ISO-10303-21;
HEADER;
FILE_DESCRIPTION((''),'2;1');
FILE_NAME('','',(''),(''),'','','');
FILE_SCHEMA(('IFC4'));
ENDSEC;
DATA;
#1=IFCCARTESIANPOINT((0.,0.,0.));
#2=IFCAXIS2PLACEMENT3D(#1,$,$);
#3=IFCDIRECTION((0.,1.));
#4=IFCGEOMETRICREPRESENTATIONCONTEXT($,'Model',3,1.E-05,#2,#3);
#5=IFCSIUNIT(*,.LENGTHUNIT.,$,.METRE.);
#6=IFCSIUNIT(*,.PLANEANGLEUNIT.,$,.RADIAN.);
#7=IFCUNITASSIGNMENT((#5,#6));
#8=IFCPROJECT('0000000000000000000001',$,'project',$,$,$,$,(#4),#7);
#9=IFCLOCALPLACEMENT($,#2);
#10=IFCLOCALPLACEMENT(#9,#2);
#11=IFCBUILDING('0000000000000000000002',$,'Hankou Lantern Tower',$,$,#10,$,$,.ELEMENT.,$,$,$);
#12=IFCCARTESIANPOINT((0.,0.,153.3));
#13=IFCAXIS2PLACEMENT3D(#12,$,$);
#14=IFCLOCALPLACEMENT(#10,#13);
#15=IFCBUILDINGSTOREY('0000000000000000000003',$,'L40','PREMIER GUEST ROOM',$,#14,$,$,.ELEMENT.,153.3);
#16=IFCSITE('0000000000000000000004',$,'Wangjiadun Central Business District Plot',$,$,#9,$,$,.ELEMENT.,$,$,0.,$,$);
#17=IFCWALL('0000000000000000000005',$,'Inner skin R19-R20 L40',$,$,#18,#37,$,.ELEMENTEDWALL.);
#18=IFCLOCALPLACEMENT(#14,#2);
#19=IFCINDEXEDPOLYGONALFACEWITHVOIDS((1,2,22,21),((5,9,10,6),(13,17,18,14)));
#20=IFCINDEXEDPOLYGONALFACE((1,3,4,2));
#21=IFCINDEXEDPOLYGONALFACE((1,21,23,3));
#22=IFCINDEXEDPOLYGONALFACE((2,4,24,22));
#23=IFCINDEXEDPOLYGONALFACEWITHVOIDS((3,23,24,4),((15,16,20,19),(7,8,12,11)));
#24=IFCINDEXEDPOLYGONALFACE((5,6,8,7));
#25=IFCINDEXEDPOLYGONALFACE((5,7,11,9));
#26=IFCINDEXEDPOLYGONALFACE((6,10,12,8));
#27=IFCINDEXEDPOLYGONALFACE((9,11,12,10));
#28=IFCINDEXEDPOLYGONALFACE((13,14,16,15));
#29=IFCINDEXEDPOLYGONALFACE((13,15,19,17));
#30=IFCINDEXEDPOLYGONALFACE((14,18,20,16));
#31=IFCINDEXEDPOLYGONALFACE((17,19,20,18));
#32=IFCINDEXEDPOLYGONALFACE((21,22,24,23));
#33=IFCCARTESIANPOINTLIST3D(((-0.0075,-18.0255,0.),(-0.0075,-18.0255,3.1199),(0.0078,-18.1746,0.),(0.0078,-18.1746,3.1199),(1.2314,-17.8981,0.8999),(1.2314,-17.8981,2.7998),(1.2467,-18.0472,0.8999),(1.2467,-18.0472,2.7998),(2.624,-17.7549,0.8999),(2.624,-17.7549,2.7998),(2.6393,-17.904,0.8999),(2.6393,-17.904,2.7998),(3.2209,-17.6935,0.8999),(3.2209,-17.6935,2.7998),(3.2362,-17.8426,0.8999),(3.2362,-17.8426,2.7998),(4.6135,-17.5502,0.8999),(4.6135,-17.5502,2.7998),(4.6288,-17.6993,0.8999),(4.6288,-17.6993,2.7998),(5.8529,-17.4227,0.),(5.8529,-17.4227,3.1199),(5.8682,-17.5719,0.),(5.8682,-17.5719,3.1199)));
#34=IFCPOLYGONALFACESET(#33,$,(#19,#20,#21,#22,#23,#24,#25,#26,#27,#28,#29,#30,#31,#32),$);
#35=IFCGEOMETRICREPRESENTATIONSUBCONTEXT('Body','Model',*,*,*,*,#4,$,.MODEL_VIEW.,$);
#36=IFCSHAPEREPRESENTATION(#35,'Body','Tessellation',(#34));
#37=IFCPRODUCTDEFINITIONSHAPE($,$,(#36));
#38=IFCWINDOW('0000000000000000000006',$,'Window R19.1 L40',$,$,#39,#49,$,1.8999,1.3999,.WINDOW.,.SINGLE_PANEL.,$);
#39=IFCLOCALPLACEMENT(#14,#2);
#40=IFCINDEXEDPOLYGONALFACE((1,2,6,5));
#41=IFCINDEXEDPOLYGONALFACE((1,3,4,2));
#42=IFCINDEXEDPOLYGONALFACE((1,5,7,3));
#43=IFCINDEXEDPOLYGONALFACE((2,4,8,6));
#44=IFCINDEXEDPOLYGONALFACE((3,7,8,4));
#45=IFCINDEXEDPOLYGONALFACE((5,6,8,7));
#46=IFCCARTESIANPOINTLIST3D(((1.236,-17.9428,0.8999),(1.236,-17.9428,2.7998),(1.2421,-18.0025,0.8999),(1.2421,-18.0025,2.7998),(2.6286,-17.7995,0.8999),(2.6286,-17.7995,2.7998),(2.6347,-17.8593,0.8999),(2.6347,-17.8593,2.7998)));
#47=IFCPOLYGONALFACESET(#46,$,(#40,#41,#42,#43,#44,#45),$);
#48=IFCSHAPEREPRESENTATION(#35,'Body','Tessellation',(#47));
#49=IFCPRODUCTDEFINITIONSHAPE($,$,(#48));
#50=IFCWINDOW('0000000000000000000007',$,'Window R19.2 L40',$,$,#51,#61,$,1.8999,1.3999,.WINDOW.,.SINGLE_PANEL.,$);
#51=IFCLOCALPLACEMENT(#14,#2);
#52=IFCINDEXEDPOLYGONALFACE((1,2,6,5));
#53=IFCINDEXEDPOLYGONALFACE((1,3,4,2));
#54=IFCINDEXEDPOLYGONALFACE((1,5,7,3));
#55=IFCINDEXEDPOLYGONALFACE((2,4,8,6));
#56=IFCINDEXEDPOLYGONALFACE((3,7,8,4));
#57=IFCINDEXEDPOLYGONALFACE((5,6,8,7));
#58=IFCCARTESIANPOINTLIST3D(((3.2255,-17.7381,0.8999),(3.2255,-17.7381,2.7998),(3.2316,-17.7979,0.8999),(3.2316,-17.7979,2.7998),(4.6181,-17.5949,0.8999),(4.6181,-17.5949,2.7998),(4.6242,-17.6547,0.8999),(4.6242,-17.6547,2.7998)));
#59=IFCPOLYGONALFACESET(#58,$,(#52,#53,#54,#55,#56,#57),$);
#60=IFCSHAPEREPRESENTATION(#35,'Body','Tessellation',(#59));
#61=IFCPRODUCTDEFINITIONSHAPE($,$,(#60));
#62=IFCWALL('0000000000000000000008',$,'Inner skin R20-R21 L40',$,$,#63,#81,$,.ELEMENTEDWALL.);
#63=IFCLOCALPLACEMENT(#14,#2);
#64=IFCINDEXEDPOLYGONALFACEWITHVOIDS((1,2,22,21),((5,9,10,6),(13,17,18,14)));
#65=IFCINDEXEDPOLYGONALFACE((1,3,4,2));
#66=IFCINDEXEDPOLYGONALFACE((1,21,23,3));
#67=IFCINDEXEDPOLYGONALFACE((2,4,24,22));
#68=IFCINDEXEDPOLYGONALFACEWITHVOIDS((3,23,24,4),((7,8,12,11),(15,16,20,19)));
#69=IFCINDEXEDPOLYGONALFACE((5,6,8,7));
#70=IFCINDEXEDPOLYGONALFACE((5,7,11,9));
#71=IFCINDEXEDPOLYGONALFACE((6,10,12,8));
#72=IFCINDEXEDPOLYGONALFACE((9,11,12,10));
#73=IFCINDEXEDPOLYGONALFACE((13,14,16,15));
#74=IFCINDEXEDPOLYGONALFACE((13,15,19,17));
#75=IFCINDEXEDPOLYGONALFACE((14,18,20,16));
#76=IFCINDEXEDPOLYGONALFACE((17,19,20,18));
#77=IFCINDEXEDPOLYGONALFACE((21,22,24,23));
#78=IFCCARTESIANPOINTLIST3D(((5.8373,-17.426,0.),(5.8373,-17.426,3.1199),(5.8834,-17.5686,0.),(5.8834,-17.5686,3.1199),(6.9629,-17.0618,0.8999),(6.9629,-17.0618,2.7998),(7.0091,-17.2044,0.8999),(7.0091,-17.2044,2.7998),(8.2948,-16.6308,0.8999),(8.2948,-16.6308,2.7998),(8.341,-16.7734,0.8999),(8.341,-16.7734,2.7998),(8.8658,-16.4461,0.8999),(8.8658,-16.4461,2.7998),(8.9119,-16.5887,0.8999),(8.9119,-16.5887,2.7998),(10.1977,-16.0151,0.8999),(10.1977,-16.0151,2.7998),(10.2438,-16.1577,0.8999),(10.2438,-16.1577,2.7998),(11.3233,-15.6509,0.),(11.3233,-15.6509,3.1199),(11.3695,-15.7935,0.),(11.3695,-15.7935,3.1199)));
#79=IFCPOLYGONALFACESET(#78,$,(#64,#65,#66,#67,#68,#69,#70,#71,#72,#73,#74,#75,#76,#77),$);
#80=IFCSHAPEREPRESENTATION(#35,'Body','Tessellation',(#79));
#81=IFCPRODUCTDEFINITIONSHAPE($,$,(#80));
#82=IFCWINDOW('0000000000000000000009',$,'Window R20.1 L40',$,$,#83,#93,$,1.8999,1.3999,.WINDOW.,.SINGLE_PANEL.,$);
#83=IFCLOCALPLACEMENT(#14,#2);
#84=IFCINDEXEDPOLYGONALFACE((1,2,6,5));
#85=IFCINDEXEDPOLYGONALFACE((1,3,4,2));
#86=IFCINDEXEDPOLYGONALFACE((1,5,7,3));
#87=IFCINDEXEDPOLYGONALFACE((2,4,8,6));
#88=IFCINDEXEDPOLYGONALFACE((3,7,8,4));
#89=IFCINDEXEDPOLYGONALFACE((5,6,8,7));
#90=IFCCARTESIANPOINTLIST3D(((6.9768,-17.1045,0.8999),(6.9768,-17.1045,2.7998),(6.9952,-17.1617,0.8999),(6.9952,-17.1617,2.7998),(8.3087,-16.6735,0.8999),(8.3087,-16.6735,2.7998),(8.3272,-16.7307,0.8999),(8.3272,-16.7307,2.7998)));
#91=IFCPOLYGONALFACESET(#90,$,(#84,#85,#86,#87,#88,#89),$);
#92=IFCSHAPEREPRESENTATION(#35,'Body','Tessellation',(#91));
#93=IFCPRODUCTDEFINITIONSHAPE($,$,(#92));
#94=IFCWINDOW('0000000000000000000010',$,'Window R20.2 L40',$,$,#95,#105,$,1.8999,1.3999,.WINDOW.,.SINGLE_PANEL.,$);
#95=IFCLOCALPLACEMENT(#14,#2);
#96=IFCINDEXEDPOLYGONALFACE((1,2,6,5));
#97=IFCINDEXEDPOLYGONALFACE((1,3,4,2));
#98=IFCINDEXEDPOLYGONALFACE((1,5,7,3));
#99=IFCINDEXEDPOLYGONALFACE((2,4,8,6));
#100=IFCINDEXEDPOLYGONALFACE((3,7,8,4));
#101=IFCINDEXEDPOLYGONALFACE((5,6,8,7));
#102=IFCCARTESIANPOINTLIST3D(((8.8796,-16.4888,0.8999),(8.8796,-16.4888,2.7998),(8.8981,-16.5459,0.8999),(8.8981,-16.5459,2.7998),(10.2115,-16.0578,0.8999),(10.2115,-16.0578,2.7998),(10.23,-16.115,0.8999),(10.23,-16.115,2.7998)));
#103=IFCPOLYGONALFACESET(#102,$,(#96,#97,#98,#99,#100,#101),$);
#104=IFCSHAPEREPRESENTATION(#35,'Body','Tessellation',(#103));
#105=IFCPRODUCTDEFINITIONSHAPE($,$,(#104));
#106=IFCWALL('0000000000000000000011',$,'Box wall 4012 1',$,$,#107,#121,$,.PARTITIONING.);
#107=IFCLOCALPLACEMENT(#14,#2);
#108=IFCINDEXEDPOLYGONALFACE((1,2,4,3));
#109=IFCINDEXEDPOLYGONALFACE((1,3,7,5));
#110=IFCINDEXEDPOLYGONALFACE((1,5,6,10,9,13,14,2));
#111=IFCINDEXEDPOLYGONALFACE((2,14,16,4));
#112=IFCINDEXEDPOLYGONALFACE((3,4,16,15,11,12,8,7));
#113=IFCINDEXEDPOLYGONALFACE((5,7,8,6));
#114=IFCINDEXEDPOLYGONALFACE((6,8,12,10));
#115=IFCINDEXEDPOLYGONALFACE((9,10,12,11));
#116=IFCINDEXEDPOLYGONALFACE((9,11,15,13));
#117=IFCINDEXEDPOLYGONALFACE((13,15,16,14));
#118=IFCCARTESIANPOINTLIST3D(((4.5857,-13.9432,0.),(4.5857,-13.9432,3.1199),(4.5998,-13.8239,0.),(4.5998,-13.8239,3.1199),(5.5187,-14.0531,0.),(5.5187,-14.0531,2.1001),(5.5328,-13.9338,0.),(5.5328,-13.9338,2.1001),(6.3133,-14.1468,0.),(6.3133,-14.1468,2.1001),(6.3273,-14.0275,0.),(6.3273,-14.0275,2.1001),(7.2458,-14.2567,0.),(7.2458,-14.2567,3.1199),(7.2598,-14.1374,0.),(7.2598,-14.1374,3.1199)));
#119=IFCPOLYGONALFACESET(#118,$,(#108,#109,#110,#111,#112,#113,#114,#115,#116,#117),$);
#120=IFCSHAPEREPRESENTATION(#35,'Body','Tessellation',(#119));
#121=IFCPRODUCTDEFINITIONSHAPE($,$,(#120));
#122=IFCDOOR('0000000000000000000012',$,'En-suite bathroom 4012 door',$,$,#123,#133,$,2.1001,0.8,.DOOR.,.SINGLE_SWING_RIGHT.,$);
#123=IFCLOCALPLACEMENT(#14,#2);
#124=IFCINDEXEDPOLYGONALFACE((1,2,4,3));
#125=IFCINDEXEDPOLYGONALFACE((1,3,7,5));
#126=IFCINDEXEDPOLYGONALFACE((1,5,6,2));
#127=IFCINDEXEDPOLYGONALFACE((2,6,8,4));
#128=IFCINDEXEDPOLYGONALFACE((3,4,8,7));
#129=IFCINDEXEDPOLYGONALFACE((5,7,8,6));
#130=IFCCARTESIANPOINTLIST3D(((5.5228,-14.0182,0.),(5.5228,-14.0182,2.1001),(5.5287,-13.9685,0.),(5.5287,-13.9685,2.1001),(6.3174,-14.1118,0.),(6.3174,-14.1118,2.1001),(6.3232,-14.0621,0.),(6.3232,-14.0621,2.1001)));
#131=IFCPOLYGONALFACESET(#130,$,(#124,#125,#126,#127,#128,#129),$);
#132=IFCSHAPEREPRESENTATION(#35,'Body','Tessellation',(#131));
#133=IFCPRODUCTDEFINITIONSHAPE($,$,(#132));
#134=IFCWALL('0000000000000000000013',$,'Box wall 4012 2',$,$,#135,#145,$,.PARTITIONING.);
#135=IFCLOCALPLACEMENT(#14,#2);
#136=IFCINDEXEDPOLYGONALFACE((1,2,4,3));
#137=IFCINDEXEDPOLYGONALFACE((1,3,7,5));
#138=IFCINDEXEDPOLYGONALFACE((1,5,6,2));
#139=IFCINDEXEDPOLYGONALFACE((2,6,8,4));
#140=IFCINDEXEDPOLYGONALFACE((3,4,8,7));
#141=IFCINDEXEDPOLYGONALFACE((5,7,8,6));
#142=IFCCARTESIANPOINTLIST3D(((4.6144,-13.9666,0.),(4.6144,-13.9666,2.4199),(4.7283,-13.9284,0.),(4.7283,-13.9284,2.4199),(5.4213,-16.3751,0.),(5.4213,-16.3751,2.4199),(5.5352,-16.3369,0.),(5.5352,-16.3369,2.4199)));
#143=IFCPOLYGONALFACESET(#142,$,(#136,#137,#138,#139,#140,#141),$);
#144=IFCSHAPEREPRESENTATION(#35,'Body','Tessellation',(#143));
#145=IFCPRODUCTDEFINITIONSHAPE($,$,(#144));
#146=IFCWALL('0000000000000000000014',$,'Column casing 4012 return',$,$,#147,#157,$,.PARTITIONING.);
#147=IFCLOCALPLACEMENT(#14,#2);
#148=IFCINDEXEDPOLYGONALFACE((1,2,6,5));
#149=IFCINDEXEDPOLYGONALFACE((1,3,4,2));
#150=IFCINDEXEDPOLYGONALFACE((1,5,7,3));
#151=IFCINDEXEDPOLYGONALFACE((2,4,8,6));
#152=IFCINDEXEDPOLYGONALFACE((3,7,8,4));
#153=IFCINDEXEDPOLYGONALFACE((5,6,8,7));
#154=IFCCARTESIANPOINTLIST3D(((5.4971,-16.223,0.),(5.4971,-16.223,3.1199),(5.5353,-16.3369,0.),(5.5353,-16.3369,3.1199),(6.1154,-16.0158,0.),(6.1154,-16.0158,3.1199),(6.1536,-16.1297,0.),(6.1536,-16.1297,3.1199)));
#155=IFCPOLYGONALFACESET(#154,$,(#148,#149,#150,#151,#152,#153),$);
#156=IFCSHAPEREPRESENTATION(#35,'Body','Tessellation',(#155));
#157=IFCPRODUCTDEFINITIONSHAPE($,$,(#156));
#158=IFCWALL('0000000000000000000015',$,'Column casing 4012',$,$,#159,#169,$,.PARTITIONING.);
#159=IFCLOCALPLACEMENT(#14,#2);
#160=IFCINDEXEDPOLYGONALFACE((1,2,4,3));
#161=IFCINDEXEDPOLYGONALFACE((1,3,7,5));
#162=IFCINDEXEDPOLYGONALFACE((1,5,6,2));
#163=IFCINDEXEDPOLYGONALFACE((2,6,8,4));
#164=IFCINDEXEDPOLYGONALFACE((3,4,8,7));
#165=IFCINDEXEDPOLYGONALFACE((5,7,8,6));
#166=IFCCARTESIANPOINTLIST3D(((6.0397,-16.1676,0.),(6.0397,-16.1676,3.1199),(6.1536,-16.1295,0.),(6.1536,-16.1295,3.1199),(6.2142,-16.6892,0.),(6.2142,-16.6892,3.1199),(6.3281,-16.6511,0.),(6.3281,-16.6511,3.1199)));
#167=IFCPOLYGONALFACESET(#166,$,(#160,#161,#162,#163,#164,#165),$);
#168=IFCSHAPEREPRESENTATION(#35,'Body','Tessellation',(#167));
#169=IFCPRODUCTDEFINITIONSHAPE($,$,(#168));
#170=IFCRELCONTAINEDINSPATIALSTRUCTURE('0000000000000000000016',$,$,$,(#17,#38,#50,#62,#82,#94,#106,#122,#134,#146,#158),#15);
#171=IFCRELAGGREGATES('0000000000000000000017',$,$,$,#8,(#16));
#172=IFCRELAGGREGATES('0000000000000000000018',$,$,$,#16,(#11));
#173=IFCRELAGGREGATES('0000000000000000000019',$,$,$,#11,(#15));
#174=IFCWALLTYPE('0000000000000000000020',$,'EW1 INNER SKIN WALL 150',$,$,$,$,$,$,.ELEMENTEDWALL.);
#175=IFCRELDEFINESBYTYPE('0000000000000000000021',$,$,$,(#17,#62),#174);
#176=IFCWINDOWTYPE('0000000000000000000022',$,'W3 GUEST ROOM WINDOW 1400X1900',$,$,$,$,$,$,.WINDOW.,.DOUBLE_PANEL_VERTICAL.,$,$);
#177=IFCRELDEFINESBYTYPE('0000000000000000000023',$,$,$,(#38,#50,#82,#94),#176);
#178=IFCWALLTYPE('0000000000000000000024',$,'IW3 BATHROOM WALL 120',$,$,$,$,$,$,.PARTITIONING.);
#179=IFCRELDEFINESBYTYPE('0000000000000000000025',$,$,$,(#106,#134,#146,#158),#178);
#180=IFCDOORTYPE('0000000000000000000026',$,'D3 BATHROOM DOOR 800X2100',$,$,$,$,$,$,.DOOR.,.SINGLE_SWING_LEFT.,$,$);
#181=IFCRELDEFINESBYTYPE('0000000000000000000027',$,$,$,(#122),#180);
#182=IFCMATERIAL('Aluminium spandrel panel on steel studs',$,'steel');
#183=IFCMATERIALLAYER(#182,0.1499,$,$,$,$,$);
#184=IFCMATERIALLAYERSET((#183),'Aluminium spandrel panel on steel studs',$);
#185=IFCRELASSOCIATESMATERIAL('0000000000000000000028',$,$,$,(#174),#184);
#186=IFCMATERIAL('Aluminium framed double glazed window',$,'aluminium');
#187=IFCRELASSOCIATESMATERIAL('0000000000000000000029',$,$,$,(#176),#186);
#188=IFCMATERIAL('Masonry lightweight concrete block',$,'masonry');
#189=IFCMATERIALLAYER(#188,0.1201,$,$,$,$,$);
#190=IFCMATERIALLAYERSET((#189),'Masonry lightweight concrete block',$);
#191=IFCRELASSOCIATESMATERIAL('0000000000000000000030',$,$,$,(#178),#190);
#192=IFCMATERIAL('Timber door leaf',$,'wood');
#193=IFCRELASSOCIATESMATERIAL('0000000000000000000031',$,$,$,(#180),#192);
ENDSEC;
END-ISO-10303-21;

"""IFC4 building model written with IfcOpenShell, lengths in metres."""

from ifc_helpers import new_model, si_unit, direction, frame, frame_2d, origin, place, context, subcontext, project, spatial, rectangle, extrude, material, layer, layer_set, type_object, element, fill, save


model = new_model("IFC4")

# Units and contexts
model_context = context("Model", 3, precision=1e-05, world=origin(), true_north=direction((0.0, 1.0)))
body_context = subcontext(model_context, "Body", "Model", "MODEL_VIEW")
ifc_project = project(units=[si_unit("LENGTHUNIT", "METRE"), si_unit("PLANEANGLEUNIT", "RADIAN")], contexts=[model_context])

# Site, building, storey
site_placement = place(None, origin())
site = spatial("IfcSite", under=ifc_project, at=site_placement, Name="Wangjiadun Central Business District Plot", CompositionType="ELEMENT", RefElevation=0.0)
building_placement = place(site_placement, origin())
building = spatial("IfcBuilding", under=site, at=building_placement, Name="Hankou Lantern Tower", CompositionType="ELEMENT")
storey_placement = place(building_placement, frame((0.0, 0.0, 153.3)))
storey = spatial("IfcBuildingStorey", under=building, at=storey_placement, Name="L40", Description="PREMIER GUEST ROOM", CompositionType="ELEMENT", Elevation=153.3)

# Walls, openings, windows
ifc_material_1 = material(Name="Aluminium spandrel panel on steel studs", Category="steel")
ifc_layer_1 = layer(ifc_material_1, 0.1499)
ifc_layer_set_1 = layer_set([ifc_layer_1], Name="Aluminium spandrel panel on steel studs")
wall_type_1 = type_object("IfcWallType", Name="EW1 INNER SKIN WALL 150", PredefinedType="ELEMENTEDWALL", material=ifc_layer_set_1)
wall_1_placement = place(storey_placement, frame((0.0, -18.1001, 0.0), z_axis=(0.0, 0.0, 1.0), x_axis=(0.994752, 0.102318, 0.0)))
wall_1 = element("IfcWall", 1, at=wall_1_placement, inside=storey, type_object=wall_type_1, Name="Inner skin R19-R20 L40", PredefinedType="ELEMENTEDWALL", context=body_context, shape_type="SweptSolid", body=[
    extrude(rectangle(XDim=5.8914, YDim=0.1499, at=frame_2d((2.9458, 0.0))), origin(), (0.0, 0.0, 1.0), 3.1199),
])
opening_1_placement = place(wall_1_placement, frame((1.2456, 0.0, 0.8999)))
opening_1 = element("IfcOpeningElement", 2, at=opening_1_placement, cuts=wall_1, PredefinedType="OPENING", context=body_context, shape_type="SweptSolid", body=[
    extrude(rectangle(XDim=1.3999, YDim=1.8999, at=frame_2d((0.7, 0.95))), frame((0.0, 0.085, 0.0), z_axis=(0.0, -1.0, 0.0), x_axis=(1.0, 0.0, 0.0)), (0.0, 0.0, 1.0), 0.1699),
])
opening_2_placement = place(wall_1_placement, frame((3.2456, 0.0, 0.8999)))
opening_2 = element("IfcOpeningElement", 3, at=opening_2_placement, cuts=wall_1, PredefinedType="OPENING", context=body_context, shape_type="SweptSolid", body=[
    extrude(rectangle(XDim=1.3999, YDim=1.8999, at=frame_2d((0.7, 0.95))), frame((0.0, 0.085, 0.0), z_axis=(0.0, -1.0, 0.0), x_axis=(1.0, 0.0, 0.0)), (0.0, 0.0, 1.0), 0.1699),
])
ifc_material_2 = material(Name="Aluminium framed double glazed window", Category="aluminium")
window_type = type_object("IfcWindowType", Name="W3 GUEST ROOM WINDOW 1400X1900", PartitioningType="DOUBLE_PANEL_VERTICAL", PredefinedType="WINDOW", material=ifc_material_2)
window_1_placement = place(opening_1_placement, origin())
window_1 = element("IfcWindow", 4, at=window_1_placement, inside=storey, type_object=window_type, Name="Window R19.1 L40", OverallHeight=1.8999, OverallWidth=1.3999, PartitioningType="SINGLE_PANEL", PredefinedType="WINDOW", context=body_context, shape_type="SweptSolid", body=[
    extrude(rectangle(XDim=1.3999, YDim=1.8999, at=frame_2d((0.7, 0.95))), frame((0.0, 0.03, 0.0), z_axis=(0.0, -1.0, 0.0), x_axis=(1.0, 0.0, 0.0)), (0.0, 0.0, 1.0), 0.0601),
])
fill(opening_1, window_1)
window_2_placement = place(opening_2_placement, origin())
window_2 = element("IfcWindow", 5, at=window_2_placement, inside=storey, type_object=window_type, Name="Window R19.2 L40", OverallHeight=1.8999, OverallWidth=1.3999, PartitioningType="SINGLE_PANEL", PredefinedType="WINDOW", context=body_context, shape_type="SweptSolid", body=[
    extrude(rectangle(XDim=1.3999, YDim=1.8999, at=frame_2d((0.7, 0.95))), frame((0.0, 0.03, 0.0), z_axis=(0.0, -1.0, 0.0), x_axis=(1.0, 0.0, 0.0)), (0.0, 0.0, 1.0), 0.0601),
])
fill(opening_2, window_2)
wall_2_placement = place(storey_placement, frame((5.8604, -17.4973, 0.0), z_axis=(0.0, 0.0, 1.0), x_axis=(0.951432, 0.307857, 0.0)))
wall_2 = element("IfcWall", 6, at=wall_2_placement, inside=storey, type_object=wall_type_1, Name="Inner skin R20-R21 L40", PredefinedType="ELEMENTEDWALL", context=body_context, shape_type="SweptSolid", body=[
    extrude(rectangle(XDim=5.7661, YDim=0.1499, at=frame_2d((2.8831, 0.0))), origin(), (0.0, 0.0, 1.0), 3.1199),
])
opening_3_placement = place(wall_2_placement, frame((1.1831, 0.0, 0.8999)))
opening_3 = element("IfcOpeningElement", 7, at=opening_3_placement, cuts=wall_2, PredefinedType="OPENING", context=body_context, shape_type="SweptSolid", body=[
    extrude(rectangle(XDim=1.3999, YDim=1.8999, at=frame_2d((0.7, 0.95))), frame((0.0, 0.085, 0.0), z_axis=(0.0, -1.0, 0.0), x_axis=(1.0, 0.0, 0.0)), (0.0, 0.0, 1.0), 0.1699),
])
opening_4_placement = place(wall_2_placement, frame((3.1831, 0.0, 0.8999)))
opening_4 = element("IfcOpeningElement", 8, at=opening_4_placement, cuts=wall_2, PredefinedType="OPENING", context=body_context, shape_type="SweptSolid", body=[
    extrude(rectangle(XDim=1.3999, YDim=1.8999, at=frame_2d((0.7, 0.95))), frame((0.0, 0.085, 0.0), z_axis=(0.0, -1.0, 0.0), x_axis=(1.0, 0.0, 0.0)), (0.0, 0.0, 1.0), 0.1699),
])
window_3_placement = place(opening_3_placement, origin())
window_3 = element("IfcWindow", 9, at=window_3_placement, inside=storey, type_object=window_type, Name="Window R20.1 L40", OverallHeight=1.8999, OverallWidth=1.3999, PartitioningType="SINGLE_PANEL", PredefinedType="WINDOW", context=body_context, shape_type="SweptSolid", body=[
    extrude(rectangle(XDim=1.3999, YDim=1.8999, at=frame_2d((0.7, 0.95))), frame((0.0, 0.03, 0.0), z_axis=(0.0, -1.0, 0.0), x_axis=(1.0, 0.0, 0.0)), (0.0, 0.0, 1.0), 0.0601),
])
fill(opening_3, window_3)
window_4_placement = place(opening_4_placement, origin())
window_4 = element("IfcWindow", 10, at=window_4_placement, inside=storey, type_object=window_type, Name="Window R20.2 L40", OverallHeight=1.8999, OverallWidth=1.3999, PartitioningType="SINGLE_PANEL", PredefinedType="WINDOW", context=body_context, shape_type="SweptSolid", body=[
    extrude(rectangle(XDim=1.3999, YDim=1.8999, at=frame_2d((0.7, 0.95))), frame((0.0, 0.03, 0.0), z_axis=(0.0, -1.0, 0.0), x_axis=(1.0, 0.0, 0.0)), (0.0, 0.0, 1.0), 0.0601),
])
fill(opening_4, window_4)

# Wall, opening, door
ifc_material_3 = material(Name="Masonry lightweight concrete block", Category="masonry")
ifc_layer_2 = layer(ifc_material_3, 0.1201)
ifc_layer_set_2 = layer_set([ifc_layer_2], Name="Masonry lightweight concrete block")
wall_type_2 = type_object("IfcWallType", Name="IW3 BATHROOM WALL 120", PredefinedType="PARTITIONING", material=ifc_layer_set_2)
wall_3_placement = place(storey_placement, frame((7.2529, -14.197, 0.0), z_axis=(0.0, 0.0, 1.0), x_axis=(-0.993128, 0.117032, 0.0)))
wall_3 = element("IfcWall", 11, at=wall_3_placement, inside=storey, type_object=wall_type_2, Name="Box wall 4012 1", PredefinedType="PARTITIONING", context=body_context, shape_type="SweptSolid", body=[
    extrude(rectangle(XDim=2.6785, YDim=0.1201, at=frame_2d((1.3394, 0.0))), origin(), (0.0, 0.0, 1.0), 3.1199),
])
opening_5_placement = place(wall_3_placement, frame((0.9392, 0.0, 0.0)))
opening_5 = element("IfcOpeningElement", 12, at=opening_5_placement, cuts=wall_3, PredefinedType="OPENING", context=body_context, shape_type="SweptSolid", body=[
    extrude(rectangle(XDim=0.8, YDim=2.1001, at=frame_2d((0.3999, 1.05))), frame((0.0, 0.0701, 0.0), z_axis=(0.0, -1.0, 0.0), x_axis=(1.0, 0.0, 0.0)), (0.0, 0.0, 1.0), 0.1401),
])
ifc_material_4 = material(Name="Timber door leaf", Category="wood")
door_type = type_object("IfcDoorType", Name="D3 BATHROOM DOOR 800X2100", OperationType="SINGLE_SWING_LEFT", PredefinedType="DOOR", material=ifc_material_4)
door_placement = place(opening_5_placement, origin())
door = element("IfcDoor", 13, at=door_placement, inside=storey, type_object=door_type, Name="En-suite bathroom 4012 door", OperationType="SINGLE_SWING_RIGHT", OverallHeight=2.1001, OverallWidth=0.8, PredefinedType="DOOR", context=body_context, shape_type="SweptSolid", body=[
    extrude(rectangle(XDim=0.8, YDim=2.1001, at=frame_2d((0.3999, 1.05))), frame((0.0, 0.0249, 0.0), z_axis=(0.0, -1.0, 0.0), x_axis=(1.0, 0.0, 0.0)), (0.0, 0.0, 1.0), 0.05),
])
fill(opening_5, door)

# Walls
wall_4_placement = place(storey_placement, frame((4.6714, -13.9475, 0.0), z_axis=(0.0, 0.0, 1.0), x_axis=(0.317669, -0.948202, 0.0)))
element("IfcWall", 14, at=wall_4_placement, inside=storey, type_object=wall_type_2, Name="Box wall 4012 2", PredefinedType="PARTITIONING", context=body_context, shape_type="SweptSolid", body=[
    extrude(rectangle(XDim=2.54, YDim=0.1201, at=frame_2d((1.27, 0.0))), origin(), (0.0, 0.0, 1.0), 2.4199),
])
wall_5_placement = place(storey_placement, frame((5.5161, -16.28, 0.0), z_axis=(0.0, 0.0, 1.0), x_axis=(0.948158, 0.317799, 0.0)))
element("IfcWall", 15, at=wall_5_placement, inside=storey, type_object=wall_type_2, Name="Column casing 4012 return", PredefinedType="PARTITIONING", context=body_context, shape_type="SweptSolid", body=[
    extrude(rectangle(XDim=0.6521, YDim=0.1201, at=frame_2d((0.3262, 0.0))), origin(), (0.0, 0.0, 1.0), 3.1199),
])
wall_6_placement = place(storey_placement, frame((6.0967, -16.1487, 0.0), z_axis=(0.0, 0.0, 1.0), x_axis=(0.317293, -0.948328, 0.0)))
element("IfcWall", 16, at=wall_6_placement, inside=storey, type_object=wall_type_2, Name="Column casing 4012", PredefinedType="PARTITIONING", context=body_context, shape_type="SweptSolid", body=[
    extrude(rectangle(XDim=0.55, YDim=0.1201, at=frame_2d((0.2749, 0.0))), origin(), (0.0, 0.0, 1.0), 3.1199),
])

save(model, "model.ifc")
